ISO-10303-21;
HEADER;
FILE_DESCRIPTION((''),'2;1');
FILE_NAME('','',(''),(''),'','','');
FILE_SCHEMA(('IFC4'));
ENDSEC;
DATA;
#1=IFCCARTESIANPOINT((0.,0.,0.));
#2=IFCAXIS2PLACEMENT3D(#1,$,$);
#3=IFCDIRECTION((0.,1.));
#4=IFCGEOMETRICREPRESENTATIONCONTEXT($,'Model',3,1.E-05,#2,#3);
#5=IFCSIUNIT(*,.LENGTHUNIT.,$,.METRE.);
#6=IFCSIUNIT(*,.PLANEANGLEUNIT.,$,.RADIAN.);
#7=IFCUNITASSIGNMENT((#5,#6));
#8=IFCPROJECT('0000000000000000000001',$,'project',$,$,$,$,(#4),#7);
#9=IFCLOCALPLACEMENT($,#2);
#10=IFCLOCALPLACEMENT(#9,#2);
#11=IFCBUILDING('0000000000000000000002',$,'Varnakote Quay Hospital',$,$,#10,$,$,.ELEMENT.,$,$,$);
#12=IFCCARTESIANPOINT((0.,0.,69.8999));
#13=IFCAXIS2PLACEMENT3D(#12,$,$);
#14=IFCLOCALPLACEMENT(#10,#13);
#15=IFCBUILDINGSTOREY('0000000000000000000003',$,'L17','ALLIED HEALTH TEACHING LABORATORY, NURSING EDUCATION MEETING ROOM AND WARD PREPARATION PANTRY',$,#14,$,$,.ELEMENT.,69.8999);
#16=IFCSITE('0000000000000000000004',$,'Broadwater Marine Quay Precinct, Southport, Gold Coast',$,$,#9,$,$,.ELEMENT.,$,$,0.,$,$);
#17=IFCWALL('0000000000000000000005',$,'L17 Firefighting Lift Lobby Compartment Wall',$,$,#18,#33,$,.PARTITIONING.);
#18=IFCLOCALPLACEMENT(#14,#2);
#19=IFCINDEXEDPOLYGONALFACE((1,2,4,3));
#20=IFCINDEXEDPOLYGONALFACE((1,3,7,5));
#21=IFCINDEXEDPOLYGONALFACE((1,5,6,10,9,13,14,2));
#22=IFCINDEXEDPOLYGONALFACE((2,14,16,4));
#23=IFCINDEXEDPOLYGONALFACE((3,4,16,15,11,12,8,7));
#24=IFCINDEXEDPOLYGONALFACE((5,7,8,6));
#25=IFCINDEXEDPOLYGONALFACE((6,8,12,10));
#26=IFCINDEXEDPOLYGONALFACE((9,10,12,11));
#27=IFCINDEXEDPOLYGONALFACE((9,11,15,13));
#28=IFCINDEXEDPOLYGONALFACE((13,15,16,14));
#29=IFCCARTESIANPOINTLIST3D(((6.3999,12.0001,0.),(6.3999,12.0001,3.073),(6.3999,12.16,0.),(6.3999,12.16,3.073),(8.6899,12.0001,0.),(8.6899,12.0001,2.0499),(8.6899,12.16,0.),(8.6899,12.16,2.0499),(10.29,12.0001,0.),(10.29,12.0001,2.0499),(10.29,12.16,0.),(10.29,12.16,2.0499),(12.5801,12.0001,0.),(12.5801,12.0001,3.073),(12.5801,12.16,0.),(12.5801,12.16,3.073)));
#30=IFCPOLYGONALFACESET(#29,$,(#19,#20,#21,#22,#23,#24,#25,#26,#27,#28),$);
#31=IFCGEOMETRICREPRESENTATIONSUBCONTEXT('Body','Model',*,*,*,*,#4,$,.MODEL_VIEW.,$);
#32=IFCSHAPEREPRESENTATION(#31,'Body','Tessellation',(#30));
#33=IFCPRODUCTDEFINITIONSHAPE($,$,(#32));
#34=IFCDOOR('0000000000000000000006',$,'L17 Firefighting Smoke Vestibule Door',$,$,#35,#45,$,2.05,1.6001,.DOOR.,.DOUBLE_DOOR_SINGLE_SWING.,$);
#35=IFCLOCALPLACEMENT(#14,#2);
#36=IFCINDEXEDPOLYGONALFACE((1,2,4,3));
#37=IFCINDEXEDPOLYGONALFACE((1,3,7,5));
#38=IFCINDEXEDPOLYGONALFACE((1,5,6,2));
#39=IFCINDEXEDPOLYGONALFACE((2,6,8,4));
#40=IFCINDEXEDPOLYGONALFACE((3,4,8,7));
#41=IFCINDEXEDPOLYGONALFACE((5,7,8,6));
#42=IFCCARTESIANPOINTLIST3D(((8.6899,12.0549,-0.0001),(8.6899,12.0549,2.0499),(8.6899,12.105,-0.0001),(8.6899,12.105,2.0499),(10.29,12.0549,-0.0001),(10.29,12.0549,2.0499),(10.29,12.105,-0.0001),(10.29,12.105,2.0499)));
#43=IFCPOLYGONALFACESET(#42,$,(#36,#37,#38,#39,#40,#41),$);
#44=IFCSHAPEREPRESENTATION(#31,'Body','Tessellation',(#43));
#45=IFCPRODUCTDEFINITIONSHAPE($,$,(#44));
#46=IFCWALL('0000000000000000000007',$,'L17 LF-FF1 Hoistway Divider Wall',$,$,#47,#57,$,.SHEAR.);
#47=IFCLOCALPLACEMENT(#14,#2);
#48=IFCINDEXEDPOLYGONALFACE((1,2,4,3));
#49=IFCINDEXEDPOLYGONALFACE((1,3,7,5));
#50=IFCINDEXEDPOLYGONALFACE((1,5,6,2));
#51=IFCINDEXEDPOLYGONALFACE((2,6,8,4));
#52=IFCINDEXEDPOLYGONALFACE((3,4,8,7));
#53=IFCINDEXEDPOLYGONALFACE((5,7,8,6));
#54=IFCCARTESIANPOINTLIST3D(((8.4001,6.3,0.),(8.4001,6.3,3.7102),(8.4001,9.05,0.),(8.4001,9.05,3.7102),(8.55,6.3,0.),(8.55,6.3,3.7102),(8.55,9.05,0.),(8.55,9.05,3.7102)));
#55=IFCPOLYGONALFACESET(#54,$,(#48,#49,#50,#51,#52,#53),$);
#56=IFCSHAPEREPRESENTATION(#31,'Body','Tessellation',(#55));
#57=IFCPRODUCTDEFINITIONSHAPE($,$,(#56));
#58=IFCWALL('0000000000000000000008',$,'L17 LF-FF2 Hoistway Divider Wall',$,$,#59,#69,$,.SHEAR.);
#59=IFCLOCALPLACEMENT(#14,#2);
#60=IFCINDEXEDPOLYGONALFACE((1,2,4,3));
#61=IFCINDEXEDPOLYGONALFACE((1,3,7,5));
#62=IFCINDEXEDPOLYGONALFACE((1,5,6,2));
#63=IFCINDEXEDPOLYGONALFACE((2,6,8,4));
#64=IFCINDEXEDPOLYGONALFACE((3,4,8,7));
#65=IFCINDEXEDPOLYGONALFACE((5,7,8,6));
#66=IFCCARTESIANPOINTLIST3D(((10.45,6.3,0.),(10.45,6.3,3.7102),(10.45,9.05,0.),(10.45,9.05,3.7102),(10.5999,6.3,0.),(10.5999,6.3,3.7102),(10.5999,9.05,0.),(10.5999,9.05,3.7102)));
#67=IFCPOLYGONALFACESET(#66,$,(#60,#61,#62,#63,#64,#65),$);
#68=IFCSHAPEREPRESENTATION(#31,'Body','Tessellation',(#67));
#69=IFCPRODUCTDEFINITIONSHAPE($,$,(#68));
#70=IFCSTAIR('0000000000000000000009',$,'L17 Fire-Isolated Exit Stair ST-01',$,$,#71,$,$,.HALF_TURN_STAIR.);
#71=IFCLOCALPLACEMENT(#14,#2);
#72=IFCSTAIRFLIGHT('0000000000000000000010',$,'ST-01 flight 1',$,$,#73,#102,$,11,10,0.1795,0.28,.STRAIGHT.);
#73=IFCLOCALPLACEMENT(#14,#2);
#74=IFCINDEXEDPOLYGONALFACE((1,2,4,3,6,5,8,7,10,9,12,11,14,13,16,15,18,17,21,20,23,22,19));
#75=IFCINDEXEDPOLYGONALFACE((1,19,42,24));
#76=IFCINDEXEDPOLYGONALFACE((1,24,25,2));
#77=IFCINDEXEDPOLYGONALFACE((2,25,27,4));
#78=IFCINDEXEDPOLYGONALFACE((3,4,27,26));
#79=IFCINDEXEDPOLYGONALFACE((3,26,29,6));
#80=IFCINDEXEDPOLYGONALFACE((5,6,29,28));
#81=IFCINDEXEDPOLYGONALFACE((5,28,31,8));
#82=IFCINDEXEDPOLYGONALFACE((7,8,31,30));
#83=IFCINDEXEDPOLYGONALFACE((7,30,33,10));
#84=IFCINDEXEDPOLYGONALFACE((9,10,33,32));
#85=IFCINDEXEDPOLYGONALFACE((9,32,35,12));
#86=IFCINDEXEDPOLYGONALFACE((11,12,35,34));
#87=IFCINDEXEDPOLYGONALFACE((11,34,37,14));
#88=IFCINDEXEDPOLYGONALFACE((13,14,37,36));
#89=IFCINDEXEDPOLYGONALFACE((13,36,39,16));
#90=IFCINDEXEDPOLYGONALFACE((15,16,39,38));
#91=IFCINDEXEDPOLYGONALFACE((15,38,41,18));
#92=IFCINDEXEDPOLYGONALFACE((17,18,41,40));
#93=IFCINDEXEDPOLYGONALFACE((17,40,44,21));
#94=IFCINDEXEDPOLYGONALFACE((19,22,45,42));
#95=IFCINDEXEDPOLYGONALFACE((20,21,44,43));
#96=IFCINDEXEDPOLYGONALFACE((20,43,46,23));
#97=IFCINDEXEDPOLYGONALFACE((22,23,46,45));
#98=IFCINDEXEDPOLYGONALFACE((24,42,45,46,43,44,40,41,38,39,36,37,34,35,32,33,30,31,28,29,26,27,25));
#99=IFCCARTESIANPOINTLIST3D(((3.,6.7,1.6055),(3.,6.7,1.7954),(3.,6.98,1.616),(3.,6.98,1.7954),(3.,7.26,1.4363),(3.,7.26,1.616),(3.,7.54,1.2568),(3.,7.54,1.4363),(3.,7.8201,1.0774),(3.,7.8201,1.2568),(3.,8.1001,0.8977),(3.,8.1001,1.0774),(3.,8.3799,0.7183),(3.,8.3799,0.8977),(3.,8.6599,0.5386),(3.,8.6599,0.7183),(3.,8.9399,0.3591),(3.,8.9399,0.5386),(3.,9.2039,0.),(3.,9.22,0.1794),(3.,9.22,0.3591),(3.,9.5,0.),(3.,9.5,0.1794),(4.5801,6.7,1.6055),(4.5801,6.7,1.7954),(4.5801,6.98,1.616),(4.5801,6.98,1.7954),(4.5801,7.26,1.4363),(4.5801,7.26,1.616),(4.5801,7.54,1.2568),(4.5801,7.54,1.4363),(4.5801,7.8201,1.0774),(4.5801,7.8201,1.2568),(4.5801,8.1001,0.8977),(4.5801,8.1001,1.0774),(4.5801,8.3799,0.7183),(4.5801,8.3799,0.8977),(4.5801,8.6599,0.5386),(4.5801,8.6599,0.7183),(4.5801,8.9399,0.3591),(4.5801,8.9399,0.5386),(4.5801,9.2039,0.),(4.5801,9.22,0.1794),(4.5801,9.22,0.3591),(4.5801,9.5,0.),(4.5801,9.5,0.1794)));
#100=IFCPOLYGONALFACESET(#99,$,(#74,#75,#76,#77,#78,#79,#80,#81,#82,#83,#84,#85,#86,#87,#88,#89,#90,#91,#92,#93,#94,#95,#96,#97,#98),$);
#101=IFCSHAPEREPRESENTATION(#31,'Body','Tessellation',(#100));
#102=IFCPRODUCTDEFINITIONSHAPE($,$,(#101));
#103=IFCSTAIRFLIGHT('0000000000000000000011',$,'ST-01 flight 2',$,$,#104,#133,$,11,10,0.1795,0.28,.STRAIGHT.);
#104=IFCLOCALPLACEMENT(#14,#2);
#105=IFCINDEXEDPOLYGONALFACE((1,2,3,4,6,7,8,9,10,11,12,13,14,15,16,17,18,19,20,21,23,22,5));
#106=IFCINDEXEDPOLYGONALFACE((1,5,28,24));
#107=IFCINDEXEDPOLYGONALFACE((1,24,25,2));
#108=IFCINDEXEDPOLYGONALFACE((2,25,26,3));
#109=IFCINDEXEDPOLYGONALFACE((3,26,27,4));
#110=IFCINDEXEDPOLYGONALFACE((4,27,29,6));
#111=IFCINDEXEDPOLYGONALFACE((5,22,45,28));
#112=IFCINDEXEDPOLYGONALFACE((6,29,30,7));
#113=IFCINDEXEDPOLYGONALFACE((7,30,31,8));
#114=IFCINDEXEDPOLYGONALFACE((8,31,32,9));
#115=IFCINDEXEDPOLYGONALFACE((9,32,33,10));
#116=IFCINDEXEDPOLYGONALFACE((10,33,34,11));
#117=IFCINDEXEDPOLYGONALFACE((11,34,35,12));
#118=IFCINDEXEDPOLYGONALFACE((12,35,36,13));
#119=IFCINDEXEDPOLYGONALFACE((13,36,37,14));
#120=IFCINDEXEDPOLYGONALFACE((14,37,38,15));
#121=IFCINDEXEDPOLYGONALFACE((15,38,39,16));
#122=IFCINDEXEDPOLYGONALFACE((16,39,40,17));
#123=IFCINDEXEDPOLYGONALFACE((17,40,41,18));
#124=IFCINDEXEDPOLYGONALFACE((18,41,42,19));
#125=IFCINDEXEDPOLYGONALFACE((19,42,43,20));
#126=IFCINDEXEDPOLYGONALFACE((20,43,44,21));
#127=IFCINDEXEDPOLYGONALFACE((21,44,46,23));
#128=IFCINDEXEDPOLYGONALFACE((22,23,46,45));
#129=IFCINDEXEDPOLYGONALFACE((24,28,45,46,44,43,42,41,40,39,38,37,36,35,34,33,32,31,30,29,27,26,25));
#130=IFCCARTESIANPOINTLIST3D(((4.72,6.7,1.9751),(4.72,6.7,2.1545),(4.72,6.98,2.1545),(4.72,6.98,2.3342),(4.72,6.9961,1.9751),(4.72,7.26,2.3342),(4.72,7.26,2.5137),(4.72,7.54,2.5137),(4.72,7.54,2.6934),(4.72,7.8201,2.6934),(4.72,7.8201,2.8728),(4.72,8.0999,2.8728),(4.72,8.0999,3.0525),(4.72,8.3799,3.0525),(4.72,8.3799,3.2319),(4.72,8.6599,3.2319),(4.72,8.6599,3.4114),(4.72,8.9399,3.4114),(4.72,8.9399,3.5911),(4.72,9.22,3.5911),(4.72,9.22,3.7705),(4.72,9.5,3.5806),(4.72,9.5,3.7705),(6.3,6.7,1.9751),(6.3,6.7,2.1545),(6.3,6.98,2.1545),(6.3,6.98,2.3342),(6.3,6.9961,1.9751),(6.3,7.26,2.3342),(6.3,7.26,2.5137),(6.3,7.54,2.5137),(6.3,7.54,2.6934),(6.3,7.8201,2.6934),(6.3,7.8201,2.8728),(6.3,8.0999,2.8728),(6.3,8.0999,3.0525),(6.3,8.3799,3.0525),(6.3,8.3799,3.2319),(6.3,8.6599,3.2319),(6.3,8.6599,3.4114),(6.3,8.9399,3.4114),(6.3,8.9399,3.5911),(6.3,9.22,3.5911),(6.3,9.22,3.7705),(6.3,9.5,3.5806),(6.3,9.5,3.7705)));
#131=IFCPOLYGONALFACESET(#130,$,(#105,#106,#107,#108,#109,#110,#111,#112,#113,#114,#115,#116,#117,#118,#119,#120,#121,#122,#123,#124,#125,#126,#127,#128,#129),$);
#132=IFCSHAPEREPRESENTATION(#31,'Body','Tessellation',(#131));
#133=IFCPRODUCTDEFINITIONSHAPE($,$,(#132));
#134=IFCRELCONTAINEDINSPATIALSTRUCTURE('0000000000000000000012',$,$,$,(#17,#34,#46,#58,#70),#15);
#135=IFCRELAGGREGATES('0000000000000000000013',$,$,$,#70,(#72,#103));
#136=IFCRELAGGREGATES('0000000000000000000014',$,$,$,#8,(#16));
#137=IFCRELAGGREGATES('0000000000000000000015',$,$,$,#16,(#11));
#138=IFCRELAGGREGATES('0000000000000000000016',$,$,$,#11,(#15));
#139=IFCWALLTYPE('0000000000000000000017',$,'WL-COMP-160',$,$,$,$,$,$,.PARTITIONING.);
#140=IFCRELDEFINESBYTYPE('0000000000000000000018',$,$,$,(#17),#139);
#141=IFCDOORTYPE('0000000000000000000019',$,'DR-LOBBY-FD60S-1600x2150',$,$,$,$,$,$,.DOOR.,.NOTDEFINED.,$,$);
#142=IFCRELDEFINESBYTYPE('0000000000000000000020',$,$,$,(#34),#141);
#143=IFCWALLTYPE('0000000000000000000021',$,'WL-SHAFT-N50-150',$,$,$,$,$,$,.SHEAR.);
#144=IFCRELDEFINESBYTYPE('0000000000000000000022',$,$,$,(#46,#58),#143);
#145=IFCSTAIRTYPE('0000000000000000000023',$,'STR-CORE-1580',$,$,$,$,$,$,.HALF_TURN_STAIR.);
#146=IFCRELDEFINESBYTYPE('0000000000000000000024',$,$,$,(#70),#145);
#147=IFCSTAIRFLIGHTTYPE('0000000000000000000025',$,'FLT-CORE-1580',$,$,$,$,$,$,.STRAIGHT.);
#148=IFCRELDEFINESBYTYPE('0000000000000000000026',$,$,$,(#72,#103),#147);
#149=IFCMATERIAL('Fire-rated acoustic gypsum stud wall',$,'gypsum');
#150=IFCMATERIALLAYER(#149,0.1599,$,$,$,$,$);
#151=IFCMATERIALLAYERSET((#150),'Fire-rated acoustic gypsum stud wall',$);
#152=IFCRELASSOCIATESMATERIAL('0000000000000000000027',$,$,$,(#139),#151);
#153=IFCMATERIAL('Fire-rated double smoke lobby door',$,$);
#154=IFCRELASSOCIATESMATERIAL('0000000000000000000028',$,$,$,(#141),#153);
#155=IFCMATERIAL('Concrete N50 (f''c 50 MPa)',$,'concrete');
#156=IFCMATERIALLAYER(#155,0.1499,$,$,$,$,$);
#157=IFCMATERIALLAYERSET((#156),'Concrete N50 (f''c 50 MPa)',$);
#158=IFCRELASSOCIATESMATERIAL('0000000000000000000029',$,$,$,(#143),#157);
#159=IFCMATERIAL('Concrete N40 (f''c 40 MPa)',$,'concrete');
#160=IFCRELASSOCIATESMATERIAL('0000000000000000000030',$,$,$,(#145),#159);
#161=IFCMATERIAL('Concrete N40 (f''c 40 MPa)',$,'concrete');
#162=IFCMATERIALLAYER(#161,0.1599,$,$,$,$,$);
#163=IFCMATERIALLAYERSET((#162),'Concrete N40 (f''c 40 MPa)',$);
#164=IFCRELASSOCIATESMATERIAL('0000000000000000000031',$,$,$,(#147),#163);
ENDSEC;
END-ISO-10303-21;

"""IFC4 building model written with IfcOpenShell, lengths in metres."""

from ifc_helpers import new_model, si_unit, direction, frame, frame_2d, origin, place, context, subcontext, project, spatial, polyline, rectangle, outline, extrude, material, layer, layer_set, type_object, element, fill, aggregate, save


model = new_model("IFC4")

# Units and contexts
model_context = context("Model", 3, precision=1e-05, world=origin(), true_north=direction((0.0, 1.0)))
body_context = subcontext(model_context, "Body", "Model", "MODEL_VIEW")
ifc_project = project(units=[si_unit("LENGTHUNIT", "METRE"), si_unit("PLANEANGLEUNIT", "RADIAN")], contexts=[model_context])

# Site, building, storey
site_placement = place(None, origin())
site = spatial("IfcSite", under=ifc_project, at=site_placement, Name="Broadwater Marine Quay Precinct, Southport, Gold Coast", CompositionType="ELEMENT", RefElevation=0.0)
building_placement = place(site_placement, origin())
building = spatial("IfcBuilding", under=site, at=building_placement, Name="Varnakote Quay Hospital", CompositionType="ELEMENT")
storey_placement = place(building_placement, frame((0.0, 0.0, 69.8999)))
storey = spatial("IfcBuildingStorey", under=building, at=storey_placement, Name="L17", Description="ALLIED HEALTH TEACHING LABORATORY, NURSING EDUCATION MEETING ROOM AND WARD PREPARATION PANTRY", CompositionType="ELEMENT", Elevation=69.8999)

# Shared definitions
ifc_material_1 = material(Name="Fire-rated acoustic gypsum stud wall", Category="gypsum")
ifc_layer_1 = layer(ifc_material_1, 0.1599)
ifc_layer_set_1 = layer_set([ifc_layer_1], Name="Fire-rated acoustic gypsum stud wall")
wall_type_1 = type_object("IfcWallType", Name="WL-COMP-160", PredefinedType="PARTITIONING", material=ifc_layer_set_1)

# Shared definitions
ifc_material_2 = material(Name="Fire-rated double smoke lobby door")
door_type_1 = type_object("IfcDoorType", Name="DR-LOBBY-FD60S-1600x2150", OperationType="NOTDEFINED", PredefinedType="DOOR", material=ifc_material_2)

# Wall, opening, door
wall_1_placement = place(storey_placement, frame((6.3999, 12.0801, 0.0), z_axis=(0.0, 0.0, 1.0), x_axis=(1.0, 0.0, 0.0)))
wall_1 = element("IfcWall", 1, at=wall_1_placement, inside=storey, type_object=wall_type_1, Name="L17 Firefighting Lift Lobby Compartment Wall", PredefinedType="PARTITIONING", context=body_context, shape_type="SweptSolid", body=[
    extrude(rectangle(XDim=6.1802, YDim=0.1599, at=frame_2d((3.0901, 0.0))), origin(), (0.0, 0.0, 1.0), 3.073),
])
opening_1_placement = place(wall_1_placement, frame((2.29, 0.0, 0.0)))
opening_1 = element("IfcOpeningElement", 2, at=opening_1_placement, cuts=wall_1, PredefinedType="OPENING", context=body_context, shape_type="SweptSolid", body=[
    extrude(rectangle(XDim=1.6001, YDim=2.05, at=frame_2d((0.8, 1.0249))), frame((0.0, 0.0898, 0.0), z_axis=(0.0, -1.0, 0.0), x_axis=(1.0, 0.0, 0.0)), (0.0, 0.0, 1.0), 0.1799),
])
door_1_placement = place(opening_1_placement, origin())
door_1 = element("IfcDoor", 3, at=door_1_placement, inside=storey, type_object=door_type_1, Name="L17 Firefighting Smoke Vestibule Door", OperationType="DOUBLE_DOOR_SINGLE_SWING", OverallHeight=2.05, OverallWidth=1.6001, PredefinedType="DOOR", context=body_context, shape_type="SweptSolid", body=[
    extrude(rectangle(XDim=1.6001, YDim=2.05, at=frame_2d((0.8, 1.0249))), frame((0.0, 0.0249, 0.0), z_axis=(0.0, -1.0, 0.0), x_axis=(1.0, 0.0, 0.0)), (0.0, 0.0, 1.0), 0.05),
])
fill(opening_1, door_1)

# Walls
ifc_material_3 = material(Name="Concrete N50 (f'c 50 MPa)", Category="concrete")
ifc_layer_2 = layer(ifc_material_3, 0.1499)
ifc_layer_set_2 = layer_set([ifc_layer_2], Name="Concrete N50 (f'c 50 MPa)")
wall_type_2 = type_object("IfcWallType", Name="WL-SHAFT-N50-150", PredefinedType="SHEAR", material=ifc_layer_set_2)
for number, where, z_axis, x_axis, name in (
    (4, (8.4751, 6.3, 0.0), (0.0, 0.0, 1.0), (0.0, 1.0, 0.0), "L17 LF-FF1 Hoistway Divider Wall"),
    (5, (10.5249, 6.3, 0.0), (0.0, 0.0, 1.0), (0.0, 1.0, 0.0), "L17 LF-FF2 Hoistway Divider Wall"),
):
    element("IfcWall", number, at=place(storey_placement, frame(where, z_axis=z_axis, x_axis=x_axis)), inside=storey, type_object=wall_type_2, Name=name, PredefinedType="SHEAR", context=body_context, shape_type="SweptSolid", body=[
        extrude(rectangle(XDim=2.75, YDim=0.1499, at=frame_2d((1.375, 0.0))), origin(), (0.0, 0.0, 1.0), 3.7102),
    ])

# Stair, stair flights
ifc_material_4 = material(Name="Concrete N40 (f'c 40 MPa)", Category="concrete")
stair_type = type_object("IfcStairType", Name="STR-CORE-1580", PredefinedType="HALF_TURN_STAIR", material=ifc_material_4)
stair_placement = place(storey_placement, origin())
stair = element("IfcStair", 6, at=stair_placement, inside=storey, type_object=stair_type, Name="L17 Fire-Isolated Exit Stair ST-01", PredefinedType="HALF_TURN_STAIR")
ifc_material_5 = material(Name="Concrete N40 (f'c 40 MPa)", Category="concrete")
ifc_layer_3 = layer(ifc_material_5, 0.1599)
ifc_layer_set_3 = layer_set([ifc_layer_3], Name="Concrete N40 (f'c 40 MPa)")
stair_flight_type = type_object("IfcStairFlightType", Name="FLT-CORE-1580", PredefinedType="STRAIGHT", material=ifc_layer_set_3)
stair_flight_1_placement = place(storey_placement, frame((3.79, 9.5, 0.0), z_axis=(0.0, 0.0, 1.0), x_axis=(0.0, -1.0, 0.0)))
stair_flight_1 = element("IfcStairFlight", 7, at=stair_flight_1_placement, type_object=stair_flight_type, Name="ST-01 flight 1", NumberOfRisers=11, NumberOfTreads=10, PredefinedType="STRAIGHT", RiserHeight=0.1795, TreadLength=0.28, context=body_context, shape_type="SweptSolid", body=[
    extrude(outline(polyline([(0.0, 0.0), (0.0, 0.1794), (0.28, 0.1794), (0.28, 0.3591), (0.5601, 0.3591), (0.5601, 0.5386), (0.8401, 0.5386), (0.8401, 0.7183), (1.1201, 0.7183), (1.1201, 0.8977), (1.3999, 0.8977), (1.3999, 1.0774), (1.6799, 1.0774), (1.6799, 1.2568), (1.96, 1.2568), (1.96, 1.4363), (2.24, 1.4363), (2.24, 1.616), (2.52, 1.616), (2.52, 1.7954), (2.8, 1.7954), (2.8, 1.9751), (2.8, 1.6055), (0.2961, 0.0), (0.0, 0.0)])), frame((0.0, 0.79, 0.0), z_axis=(0.0, -1.0, 0.0), x_axis=(1.0, 0.0, 0.0)), (0.0, 0.0, 1.0), 1.5801),
])
stair_flight_2_placement = place(storey_placement, frame((5.51, 6.7, 1.9751), z_axis=(0.0, 0.0, 1.0), x_axis=(0.0, 1.0, 0.0)))
stair_flight_2 = element("IfcStairFlight", 8, at=stair_flight_2_placement, type_object=stair_flight_type, Name="ST-01 flight 2", NumberOfRisers=11, NumberOfTreads=10, PredefinedType="STRAIGHT", RiserHeight=0.1795, TreadLength=0.28, context=body_context, shape_type="SweptSolid", body=[
    extrude(outline(polyline([(0.0, 0.0), (0.0, 0.1794), (0.28, 0.1794), (0.28, 0.3591), (0.5601, 0.3591), (0.5601, 0.5386), (0.8401, 0.5386), (0.8401, 0.7183), (1.1201, 0.7183), (1.1201, 0.8977), (1.3999, 0.8977), (1.3999, 1.0774), (1.6799, 1.0774), (1.6799, 1.2568), (1.96, 1.2568), (1.96, 1.4363), (2.24, 1.4363), (2.24, 1.616), (2.52, 1.616), (2.52, 1.7954), (2.8, 1.7954), (2.8, 1.9751), (2.8, 1.6055), (0.2961, 0.0), (0.0, 0.0)])), frame((0.0, 0.79, 0.0), z_axis=(0.0, -1.0, 0.0), x_axis=(1.0, 0.0, 0.0)), (0.0, 0.0, 1.0), 1.5801),
])
aggregate(stair, [stair_flight_1, stair_flight_2])

save(model, "model.ifc")
